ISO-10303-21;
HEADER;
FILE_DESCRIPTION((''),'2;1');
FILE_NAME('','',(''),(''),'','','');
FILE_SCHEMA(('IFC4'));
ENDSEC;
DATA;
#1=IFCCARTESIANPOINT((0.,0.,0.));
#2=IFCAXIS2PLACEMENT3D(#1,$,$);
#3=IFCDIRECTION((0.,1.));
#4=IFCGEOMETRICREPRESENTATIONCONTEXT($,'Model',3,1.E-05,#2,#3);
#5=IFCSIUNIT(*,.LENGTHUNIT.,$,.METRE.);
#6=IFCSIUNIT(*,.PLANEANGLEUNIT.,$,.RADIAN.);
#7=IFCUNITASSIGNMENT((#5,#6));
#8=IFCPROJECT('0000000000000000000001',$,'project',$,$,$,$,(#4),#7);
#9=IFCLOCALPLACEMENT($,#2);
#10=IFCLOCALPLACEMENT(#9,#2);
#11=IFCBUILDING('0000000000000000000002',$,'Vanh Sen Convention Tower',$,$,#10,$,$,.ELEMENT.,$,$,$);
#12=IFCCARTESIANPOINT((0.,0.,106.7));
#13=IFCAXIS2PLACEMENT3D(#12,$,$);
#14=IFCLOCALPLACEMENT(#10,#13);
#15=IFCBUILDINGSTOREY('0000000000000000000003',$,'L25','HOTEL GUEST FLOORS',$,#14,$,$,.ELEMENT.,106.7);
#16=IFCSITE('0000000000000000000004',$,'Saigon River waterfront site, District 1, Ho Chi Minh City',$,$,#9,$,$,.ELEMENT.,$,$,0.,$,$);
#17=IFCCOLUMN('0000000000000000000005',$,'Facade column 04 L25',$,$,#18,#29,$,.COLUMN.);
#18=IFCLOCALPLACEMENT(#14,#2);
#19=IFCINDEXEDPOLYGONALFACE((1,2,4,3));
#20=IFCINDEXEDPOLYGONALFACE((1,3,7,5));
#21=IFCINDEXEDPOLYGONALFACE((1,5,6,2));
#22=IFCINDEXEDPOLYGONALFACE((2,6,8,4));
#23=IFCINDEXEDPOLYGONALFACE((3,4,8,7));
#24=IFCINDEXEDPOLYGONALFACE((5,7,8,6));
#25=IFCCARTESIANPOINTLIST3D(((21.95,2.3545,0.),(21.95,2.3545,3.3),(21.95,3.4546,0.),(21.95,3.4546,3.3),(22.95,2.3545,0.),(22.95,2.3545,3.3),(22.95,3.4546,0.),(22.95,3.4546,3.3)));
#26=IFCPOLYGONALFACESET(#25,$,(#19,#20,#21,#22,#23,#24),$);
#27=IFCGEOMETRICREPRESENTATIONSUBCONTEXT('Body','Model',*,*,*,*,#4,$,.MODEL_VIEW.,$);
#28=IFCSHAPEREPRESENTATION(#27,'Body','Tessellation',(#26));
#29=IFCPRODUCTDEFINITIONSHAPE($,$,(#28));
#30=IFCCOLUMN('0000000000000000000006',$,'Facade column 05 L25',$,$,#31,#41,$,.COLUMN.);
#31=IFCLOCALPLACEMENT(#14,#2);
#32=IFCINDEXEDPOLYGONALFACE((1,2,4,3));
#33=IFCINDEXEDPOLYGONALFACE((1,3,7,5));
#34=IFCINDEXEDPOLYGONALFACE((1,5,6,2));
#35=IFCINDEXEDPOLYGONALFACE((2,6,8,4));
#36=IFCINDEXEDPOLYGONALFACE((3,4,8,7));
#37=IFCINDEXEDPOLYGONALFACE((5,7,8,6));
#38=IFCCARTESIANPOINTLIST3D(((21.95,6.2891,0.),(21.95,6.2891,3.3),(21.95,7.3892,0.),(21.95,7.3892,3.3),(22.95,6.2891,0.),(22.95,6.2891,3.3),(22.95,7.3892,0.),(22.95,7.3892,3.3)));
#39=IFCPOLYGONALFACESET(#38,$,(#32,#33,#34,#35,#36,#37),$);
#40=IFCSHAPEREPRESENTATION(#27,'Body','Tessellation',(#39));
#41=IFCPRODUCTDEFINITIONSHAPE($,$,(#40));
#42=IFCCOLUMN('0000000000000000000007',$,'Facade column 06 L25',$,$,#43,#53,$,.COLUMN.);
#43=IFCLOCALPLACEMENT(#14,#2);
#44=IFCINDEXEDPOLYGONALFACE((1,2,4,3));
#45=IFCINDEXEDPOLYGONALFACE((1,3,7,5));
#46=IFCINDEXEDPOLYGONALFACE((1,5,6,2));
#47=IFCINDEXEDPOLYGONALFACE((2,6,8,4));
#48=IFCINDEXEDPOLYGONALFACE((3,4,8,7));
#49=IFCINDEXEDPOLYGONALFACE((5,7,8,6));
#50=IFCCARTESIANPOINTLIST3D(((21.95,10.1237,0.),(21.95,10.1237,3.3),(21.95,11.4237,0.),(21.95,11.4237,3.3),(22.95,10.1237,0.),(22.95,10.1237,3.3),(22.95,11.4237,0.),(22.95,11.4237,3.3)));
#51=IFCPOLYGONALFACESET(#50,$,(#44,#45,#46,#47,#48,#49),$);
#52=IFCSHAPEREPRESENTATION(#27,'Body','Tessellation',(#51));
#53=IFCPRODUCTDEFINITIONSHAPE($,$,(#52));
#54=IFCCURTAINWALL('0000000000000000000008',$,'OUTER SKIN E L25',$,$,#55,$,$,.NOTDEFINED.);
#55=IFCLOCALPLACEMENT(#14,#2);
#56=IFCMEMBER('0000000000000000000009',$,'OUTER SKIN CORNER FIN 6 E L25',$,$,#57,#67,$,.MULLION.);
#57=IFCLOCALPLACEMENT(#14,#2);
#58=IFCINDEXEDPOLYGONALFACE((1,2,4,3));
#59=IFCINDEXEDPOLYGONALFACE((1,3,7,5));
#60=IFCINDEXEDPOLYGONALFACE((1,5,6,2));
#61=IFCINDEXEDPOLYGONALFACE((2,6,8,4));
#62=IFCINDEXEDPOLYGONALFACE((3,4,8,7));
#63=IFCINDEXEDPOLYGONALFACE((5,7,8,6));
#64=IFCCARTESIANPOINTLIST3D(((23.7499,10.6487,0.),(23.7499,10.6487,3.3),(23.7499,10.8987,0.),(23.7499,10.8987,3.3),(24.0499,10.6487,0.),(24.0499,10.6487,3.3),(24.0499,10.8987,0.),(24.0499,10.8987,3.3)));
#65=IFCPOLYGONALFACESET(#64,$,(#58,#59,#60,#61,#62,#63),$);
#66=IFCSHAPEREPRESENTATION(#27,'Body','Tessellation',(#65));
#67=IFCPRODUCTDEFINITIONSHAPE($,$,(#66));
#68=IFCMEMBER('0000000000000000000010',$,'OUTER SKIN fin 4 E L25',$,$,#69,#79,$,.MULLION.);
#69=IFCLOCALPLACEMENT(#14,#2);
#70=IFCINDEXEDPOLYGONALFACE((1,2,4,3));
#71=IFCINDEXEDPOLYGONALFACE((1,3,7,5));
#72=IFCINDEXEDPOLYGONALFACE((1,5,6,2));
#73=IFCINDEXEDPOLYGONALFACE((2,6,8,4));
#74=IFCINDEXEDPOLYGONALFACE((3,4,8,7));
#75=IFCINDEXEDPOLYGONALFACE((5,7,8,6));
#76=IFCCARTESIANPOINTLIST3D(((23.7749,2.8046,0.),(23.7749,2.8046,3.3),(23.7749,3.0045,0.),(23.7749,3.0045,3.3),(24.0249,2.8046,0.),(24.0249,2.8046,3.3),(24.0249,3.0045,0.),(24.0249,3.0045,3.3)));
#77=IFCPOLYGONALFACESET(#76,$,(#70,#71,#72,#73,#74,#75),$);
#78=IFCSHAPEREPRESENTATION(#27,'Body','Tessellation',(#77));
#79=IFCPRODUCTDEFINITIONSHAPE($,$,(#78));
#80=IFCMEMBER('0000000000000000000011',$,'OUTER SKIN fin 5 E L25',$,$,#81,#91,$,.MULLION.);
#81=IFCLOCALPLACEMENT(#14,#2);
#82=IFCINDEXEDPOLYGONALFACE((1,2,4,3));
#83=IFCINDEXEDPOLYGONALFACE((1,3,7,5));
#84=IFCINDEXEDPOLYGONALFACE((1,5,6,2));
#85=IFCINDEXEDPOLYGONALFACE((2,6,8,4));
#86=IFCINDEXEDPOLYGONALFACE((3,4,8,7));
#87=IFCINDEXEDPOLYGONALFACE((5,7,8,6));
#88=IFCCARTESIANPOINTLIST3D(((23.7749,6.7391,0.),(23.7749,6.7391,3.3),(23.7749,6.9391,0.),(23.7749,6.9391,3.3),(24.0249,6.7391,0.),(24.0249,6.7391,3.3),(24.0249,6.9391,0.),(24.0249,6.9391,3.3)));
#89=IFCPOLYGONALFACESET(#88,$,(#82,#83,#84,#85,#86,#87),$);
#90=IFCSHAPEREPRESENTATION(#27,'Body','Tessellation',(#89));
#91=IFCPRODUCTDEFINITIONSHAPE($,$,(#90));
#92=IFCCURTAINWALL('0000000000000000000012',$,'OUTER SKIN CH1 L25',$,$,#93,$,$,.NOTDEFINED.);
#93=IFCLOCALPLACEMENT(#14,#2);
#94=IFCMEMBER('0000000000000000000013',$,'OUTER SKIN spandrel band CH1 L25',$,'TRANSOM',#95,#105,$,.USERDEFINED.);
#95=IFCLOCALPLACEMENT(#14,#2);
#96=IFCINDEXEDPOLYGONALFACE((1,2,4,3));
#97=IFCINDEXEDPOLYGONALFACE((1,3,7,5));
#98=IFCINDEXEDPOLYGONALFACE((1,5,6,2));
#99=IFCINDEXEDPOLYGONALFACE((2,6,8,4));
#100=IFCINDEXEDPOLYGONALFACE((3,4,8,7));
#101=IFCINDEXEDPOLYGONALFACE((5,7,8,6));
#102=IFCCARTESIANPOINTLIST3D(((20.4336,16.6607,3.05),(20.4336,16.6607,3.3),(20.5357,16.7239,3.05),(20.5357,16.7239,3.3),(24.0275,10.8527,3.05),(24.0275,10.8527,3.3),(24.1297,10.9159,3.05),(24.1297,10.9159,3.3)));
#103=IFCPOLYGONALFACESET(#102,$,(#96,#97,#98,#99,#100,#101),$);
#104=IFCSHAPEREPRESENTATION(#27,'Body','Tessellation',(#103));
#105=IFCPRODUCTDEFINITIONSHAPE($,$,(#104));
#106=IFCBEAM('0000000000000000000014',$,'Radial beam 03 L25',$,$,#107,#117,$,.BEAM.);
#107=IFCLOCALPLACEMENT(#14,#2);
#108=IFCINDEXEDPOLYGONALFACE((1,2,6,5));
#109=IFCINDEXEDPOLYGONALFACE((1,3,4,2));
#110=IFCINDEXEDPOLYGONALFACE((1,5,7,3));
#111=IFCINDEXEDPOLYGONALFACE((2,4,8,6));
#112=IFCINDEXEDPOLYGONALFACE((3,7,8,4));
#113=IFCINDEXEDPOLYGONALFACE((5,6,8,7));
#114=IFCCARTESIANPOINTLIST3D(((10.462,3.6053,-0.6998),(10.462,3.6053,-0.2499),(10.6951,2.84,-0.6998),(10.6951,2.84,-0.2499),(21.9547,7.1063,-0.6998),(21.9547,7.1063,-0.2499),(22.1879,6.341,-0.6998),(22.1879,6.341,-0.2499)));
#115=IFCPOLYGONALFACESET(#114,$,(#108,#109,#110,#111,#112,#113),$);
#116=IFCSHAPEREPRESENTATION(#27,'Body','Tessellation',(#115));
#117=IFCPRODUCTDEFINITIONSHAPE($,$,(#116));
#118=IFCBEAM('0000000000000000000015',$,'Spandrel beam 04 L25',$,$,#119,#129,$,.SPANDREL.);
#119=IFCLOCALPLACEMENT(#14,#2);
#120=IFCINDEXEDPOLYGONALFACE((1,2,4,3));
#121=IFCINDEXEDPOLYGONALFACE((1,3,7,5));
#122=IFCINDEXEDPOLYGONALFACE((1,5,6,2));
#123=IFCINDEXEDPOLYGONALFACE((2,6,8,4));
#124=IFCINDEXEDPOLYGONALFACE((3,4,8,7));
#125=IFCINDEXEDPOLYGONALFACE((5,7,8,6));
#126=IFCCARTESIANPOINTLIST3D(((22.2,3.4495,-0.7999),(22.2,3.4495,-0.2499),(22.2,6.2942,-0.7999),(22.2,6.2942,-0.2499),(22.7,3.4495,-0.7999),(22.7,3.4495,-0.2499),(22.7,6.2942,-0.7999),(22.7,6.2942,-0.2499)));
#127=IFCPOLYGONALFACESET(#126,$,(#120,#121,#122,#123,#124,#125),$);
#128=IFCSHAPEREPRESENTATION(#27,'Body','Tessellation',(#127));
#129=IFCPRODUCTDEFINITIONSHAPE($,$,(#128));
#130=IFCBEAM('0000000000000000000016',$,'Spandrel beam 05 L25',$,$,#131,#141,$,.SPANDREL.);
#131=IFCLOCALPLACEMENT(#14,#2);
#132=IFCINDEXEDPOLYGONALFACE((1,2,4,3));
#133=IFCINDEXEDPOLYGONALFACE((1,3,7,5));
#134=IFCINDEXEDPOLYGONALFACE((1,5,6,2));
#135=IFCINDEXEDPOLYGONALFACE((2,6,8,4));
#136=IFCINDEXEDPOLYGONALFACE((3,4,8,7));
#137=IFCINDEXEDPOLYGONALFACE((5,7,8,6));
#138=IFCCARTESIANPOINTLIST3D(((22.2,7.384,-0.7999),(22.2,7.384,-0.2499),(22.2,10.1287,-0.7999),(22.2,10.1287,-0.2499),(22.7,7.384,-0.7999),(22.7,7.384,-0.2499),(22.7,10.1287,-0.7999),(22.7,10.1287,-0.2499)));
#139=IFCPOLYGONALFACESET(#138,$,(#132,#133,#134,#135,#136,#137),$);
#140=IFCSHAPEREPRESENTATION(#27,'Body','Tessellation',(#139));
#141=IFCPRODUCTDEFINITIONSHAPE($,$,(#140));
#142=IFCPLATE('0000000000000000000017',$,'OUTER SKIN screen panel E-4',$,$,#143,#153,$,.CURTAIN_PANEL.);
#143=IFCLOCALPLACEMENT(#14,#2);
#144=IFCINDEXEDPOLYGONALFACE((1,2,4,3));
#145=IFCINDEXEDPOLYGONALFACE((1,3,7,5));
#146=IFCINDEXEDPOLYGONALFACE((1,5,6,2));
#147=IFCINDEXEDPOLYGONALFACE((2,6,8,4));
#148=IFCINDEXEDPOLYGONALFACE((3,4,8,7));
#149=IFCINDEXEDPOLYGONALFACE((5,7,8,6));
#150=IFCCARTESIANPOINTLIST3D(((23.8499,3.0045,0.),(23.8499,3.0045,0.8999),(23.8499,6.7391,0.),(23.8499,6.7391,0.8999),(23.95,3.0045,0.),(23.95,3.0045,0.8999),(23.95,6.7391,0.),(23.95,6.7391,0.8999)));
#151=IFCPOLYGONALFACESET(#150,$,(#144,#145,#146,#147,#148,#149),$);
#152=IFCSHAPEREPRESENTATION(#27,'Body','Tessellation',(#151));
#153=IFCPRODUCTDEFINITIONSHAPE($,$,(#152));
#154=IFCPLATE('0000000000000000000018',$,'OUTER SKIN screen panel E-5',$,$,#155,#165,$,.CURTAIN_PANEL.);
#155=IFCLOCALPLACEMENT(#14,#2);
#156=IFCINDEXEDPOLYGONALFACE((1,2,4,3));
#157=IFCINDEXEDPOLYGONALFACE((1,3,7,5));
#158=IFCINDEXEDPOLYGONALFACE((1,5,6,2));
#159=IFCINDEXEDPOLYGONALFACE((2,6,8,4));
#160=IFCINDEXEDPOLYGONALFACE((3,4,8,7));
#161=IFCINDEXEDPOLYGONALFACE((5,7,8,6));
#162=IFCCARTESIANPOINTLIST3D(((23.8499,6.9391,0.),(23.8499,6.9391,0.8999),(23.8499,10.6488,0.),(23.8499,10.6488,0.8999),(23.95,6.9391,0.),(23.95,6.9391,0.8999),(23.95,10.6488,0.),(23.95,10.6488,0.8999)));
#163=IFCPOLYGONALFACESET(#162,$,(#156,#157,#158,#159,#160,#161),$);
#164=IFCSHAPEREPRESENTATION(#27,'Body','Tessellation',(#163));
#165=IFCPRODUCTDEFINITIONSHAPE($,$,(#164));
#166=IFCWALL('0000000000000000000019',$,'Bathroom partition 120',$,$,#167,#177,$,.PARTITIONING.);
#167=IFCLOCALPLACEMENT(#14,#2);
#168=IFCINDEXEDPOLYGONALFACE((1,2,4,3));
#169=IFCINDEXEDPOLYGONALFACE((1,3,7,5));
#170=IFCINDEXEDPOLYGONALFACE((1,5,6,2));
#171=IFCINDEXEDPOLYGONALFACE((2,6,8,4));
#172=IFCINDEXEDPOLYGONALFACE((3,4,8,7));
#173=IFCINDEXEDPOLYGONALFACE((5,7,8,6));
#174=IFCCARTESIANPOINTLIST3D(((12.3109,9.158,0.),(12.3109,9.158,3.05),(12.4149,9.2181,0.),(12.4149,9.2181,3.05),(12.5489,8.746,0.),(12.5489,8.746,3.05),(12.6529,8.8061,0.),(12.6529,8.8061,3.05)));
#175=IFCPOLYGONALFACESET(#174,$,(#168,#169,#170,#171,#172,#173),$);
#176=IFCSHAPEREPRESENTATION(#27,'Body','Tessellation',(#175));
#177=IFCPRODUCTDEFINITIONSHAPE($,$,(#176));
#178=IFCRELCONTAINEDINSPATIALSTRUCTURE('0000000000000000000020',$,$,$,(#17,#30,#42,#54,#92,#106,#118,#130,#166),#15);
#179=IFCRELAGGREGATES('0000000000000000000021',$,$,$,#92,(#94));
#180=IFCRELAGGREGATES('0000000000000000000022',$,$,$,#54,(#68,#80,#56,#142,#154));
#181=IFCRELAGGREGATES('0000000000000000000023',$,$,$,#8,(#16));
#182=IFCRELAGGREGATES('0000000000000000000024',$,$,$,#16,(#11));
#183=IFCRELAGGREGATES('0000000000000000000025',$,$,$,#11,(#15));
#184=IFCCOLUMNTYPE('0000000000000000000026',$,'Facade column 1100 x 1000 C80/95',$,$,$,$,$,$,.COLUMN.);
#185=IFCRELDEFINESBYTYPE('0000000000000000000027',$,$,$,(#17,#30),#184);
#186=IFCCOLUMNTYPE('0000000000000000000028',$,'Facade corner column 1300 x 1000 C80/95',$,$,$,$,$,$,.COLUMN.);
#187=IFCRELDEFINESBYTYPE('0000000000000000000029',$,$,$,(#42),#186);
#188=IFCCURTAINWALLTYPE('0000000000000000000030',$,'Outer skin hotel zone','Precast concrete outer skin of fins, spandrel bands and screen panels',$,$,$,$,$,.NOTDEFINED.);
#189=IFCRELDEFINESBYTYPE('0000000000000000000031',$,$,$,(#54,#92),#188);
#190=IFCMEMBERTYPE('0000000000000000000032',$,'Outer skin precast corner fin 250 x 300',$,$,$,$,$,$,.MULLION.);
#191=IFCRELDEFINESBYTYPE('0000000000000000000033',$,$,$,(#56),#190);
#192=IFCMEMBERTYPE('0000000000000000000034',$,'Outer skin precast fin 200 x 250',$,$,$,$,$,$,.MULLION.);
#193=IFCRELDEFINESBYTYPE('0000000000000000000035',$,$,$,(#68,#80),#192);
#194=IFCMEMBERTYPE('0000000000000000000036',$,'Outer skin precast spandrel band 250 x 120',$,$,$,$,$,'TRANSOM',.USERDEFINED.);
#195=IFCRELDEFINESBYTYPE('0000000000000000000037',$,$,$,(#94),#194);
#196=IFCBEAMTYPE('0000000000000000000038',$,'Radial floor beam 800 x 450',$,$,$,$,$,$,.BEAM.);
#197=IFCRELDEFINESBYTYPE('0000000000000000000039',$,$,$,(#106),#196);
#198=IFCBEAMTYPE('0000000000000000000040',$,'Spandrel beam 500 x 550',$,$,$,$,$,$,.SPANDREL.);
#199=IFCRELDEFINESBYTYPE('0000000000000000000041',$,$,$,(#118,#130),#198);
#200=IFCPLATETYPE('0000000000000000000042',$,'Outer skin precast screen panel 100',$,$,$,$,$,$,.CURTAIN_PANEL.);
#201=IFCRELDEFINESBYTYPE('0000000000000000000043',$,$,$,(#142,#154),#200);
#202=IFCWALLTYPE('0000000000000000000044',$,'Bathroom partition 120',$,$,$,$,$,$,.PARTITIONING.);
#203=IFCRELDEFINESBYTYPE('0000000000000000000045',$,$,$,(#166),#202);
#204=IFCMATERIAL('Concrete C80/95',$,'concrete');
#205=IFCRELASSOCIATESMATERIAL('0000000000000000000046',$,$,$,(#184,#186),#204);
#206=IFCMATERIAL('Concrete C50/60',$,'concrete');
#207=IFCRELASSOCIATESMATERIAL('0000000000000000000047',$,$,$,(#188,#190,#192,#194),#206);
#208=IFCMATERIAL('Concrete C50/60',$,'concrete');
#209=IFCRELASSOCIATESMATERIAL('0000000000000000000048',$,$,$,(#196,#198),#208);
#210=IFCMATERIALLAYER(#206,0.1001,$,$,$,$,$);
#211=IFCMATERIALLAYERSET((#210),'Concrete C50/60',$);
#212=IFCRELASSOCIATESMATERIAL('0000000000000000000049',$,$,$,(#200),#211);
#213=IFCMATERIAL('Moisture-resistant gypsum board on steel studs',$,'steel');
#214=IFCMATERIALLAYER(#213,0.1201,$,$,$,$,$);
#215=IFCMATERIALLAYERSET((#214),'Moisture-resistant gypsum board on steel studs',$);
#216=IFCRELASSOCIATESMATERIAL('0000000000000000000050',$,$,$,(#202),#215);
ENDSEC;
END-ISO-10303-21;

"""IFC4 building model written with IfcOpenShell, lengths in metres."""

from ifc_helpers import new_model, si_unit, direction, frame, frame_2d, origin, origin_2d, place, context, subcontext, project, spatial, rectangle, extrude, material, layer, layer_set, material_profile, profile_set, type_object, element, aggregate, save


model = new_model("IFC4")

# Units and contexts
model_context = context("Model", 3, precision=1e-05, world=origin(), true_north=direction((0.0, 1.0)))
body_context = subcontext(model_context, "Body", "Model", "MODEL_VIEW")
ifc_project = project(units=[si_unit("LENGTHUNIT", "METRE"), si_unit("PLANEANGLEUNIT", "RADIAN")], contexts=[model_context])

# Site, building, storey
site_placement = place(None, origin())
site = spatial("IfcSite", under=ifc_project, at=site_placement, Name="Saigon River waterfront site, District 1, Ho Chi Minh City", CompositionType="ELEMENT", RefElevation=0.0)
building_placement = place(site_placement, origin())
building = spatial("IfcBuilding", under=site, at=building_placement, Name="Vanh Sen Convention Tower", CompositionType="ELEMENT")
storey_placement = place(building_placement, frame((0.0, 0.0, 106.7)))
storey = spatial("IfcBuildingStorey", under=building, at=storey_placement, Name="L25", Description="HOTEL GUEST FLOORS", CompositionType="ELEMENT", Elevation=106.7)

# Columns
ifc_material_1 = material(Name="Concrete C80/95", Category="concrete")
ifc_material_profile_1 = material_profile(ifc_material_1, rectangle(XDim=1.1001, YDim=1.0, at=origin_2d()), Name="RC 1100X1000")
ifc_profile_set_1 = profile_set([ifc_material_profile_1], Name="Concrete C80/95")
column_type_1 = type_object("IfcColumnType", Name="Facade column 1100 x 1000 C80/95", PredefinedType="COLUMN", material=ifc_profile_set_1)
for number, where, z_axis, x_axis, name in (
    (1, (22.45, 2.9045, 0.0), (0.0, 0.0, 1.0), (0.0, 1.0, 0.0), "Facade column 04 L25"),
    (2, (22.45, 6.8391, 0.0), (0.0, 0.0, 1.0), (0.0, 1.0, 0.0), "Facade column 05 L25"),
):
    element("IfcColumn", number, at=place(storey_placement, frame(where, z_axis=z_axis, x_axis=x_axis)), inside=storey, type_object=column_type_1, Name=name, PredefinedType="COLUMN", context=body_context, shape_type="SweptSolid", body=[
        extrude(rectangle(XDim=1.1001, YDim=1.0, at=origin_2d()), origin(), (0.0, 0.0, 1.0), 3.3),
    ])
ifc_material_profile_2 = material_profile(ifc_material_1, rectangle(XDim=1.3, YDim=1.0, at=origin_2d()), Name="RC 1300X1000")
ifc_profile_set_2 = profile_set([ifc_material_profile_2], Name="Concrete C80/95")
column_type_2 = type_object("IfcColumnType", Name="Facade corner column 1300 x 1000 C80/95", PredefinedType="COLUMN", material=ifc_profile_set_2)
column_placement = place(storey_placement, frame((22.45, 10.7737, 0.0), z_axis=(0.0, 0.0, 1.0), x_axis=(0.0, 1.0, 0.0)))
element("IfcColumn", 3, at=column_placement, inside=storey, type_object=column_type_2, Name="Facade column 06 L25", PredefinedType="COLUMN", context=body_context, shape_type="SweptSolid", body=[
    extrude(rectangle(XDim=1.3, YDim=1.0, at=origin_2d()), origin(), (0.0, 0.0, 1.0), 3.3),
])

# Curtain wall, members
ifc_material_2 = material(Name="Concrete C50/60", Category="concrete")
curtain_wall_type = type_object("IfcCurtainWallType", Name="Outer skin hotel zone", Description="Precast concrete outer skin of fins, spandrel bands and screen panels", PredefinedType="NOTDEFINED", material=ifc_material_2)
curtain_wall_1_placement = place(storey_placement, origin())
curtain_wall_1 = element("IfcCurtainWall", 4, at=curtain_wall_1_placement, inside=storey, type_object=curtain_wall_type, Name="OUTER SKIN E L25", PredefinedType="NOTDEFINED")
ifc_material_profile_3 = material_profile(ifc_material_2, rectangle(XDim=0.25, YDim=0.3, at=origin_2d()), Name="Outer skin precast corner fin 250 x 300")
ifc_profile_set_3 = profile_set([ifc_material_profile_3], Name="Concrete C50/60")
member_type_1 = type_object("IfcMemberType", Name="Outer skin precast corner fin 250 x 300", PredefinedType="MULLION", material=ifc_profile_set_3)
member_1_placement = place(storey_placement, frame((23.8999, 10.7737, 0.0), z_axis=(0.0, 0.0, 1.0), x_axis=(0.0, 1.0, 0.0)))
member_1 = element("IfcMember", 5, at=member_1_placement, type_object=member_type_1, Name="OUTER SKIN CORNER FIN 6 E L25", PredefinedType="MULLION", context=body_context, shape_type="SweptSolid", body=[
    extrude(rectangle(XDim=0.25, YDim=0.3, at=origin_2d()), origin(), (0.0, 0.0, 1.0), 3.3),
])
ifc_material_profile_4 = material_profile(ifc_material_2, rectangle(XDim=0.2, YDim=0.25, at=origin_2d()), Name="Outer skin precast fin 200 x 250")
ifc_profile_set_4 = profile_set([ifc_material_profile_4], Name="Concrete C50/60")
member_type_2 = type_object("IfcMemberType", Name="Outer skin precast fin 200 x 250", PredefinedType="MULLION", material=ifc_profile_set_4)
member_2_placement = place(storey_placement, frame((23.8999, 2.9045, 0.0), z_axis=(0.0, 0.0, 1.0), x_axis=(0.0, 1.0, 0.0)))
member_2 = element("IfcMember", 6, at=member_2_placement, type_object=member_type_2, Name="OUTER SKIN fin 4 E L25", PredefinedType="MULLION", context=body_context, shape_type="SweptSolid", body=[
    extrude(rectangle(XDim=0.2, YDim=0.25, at=origin_2d()), origin(), (0.0, 0.0, 1.0), 3.3),
])
member_3_placement = place(storey_placement, frame((23.8999, 6.8391, 0.0), z_axis=(0.0, 0.0, 1.0), x_axis=(0.0, 1.0, 0.0)))
member_3 = element("IfcMember", 7, at=member_3_placement, type_object=member_type_2, Name="OUTER SKIN fin 5 E L25", PredefinedType="MULLION", context=body_context, shape_type="SweptSolid", body=[
    extrude(rectangle(XDim=0.2, YDim=0.25, at=origin_2d()), origin(), (0.0, 0.0, 1.0), 3.3),
])

# Curtain wall, member
curtain_wall_2_placement = place(storey_placement, origin())
curtain_wall_2 = element("IfcCurtainWall", 8, at=curtain_wall_2_placement, inside=storey, type_object=curtain_wall_type, Name="OUTER SKIN CH1 L25", PredefinedType="NOTDEFINED")
ifc_material_profile_5 = material_profile(ifc_material_2, rectangle(XDim=0.1201, YDim=0.25, at=origin_2d()), Name="Outer skin precast spandrel band 250 x 120")
ifc_profile_set_5 = profile_set([ifc_material_profile_5], Name="Concrete C50/60")
member_type_3 = type_object("IfcMemberType", Name="Outer skin precast spandrel band 250 x 120", ElementType="TRANSOM", PredefinedType="USERDEFINED", material=ifc_profile_set_5)
member_4_placement = place(storey_placement, frame((24.0786, 10.8843, 3.175), z_axis=(-0.526196, 0.850363, 0.0), x_axis=(-0.850363, -0.526196, 0.0)))
member_4 = element("IfcMember", 9, at=member_4_placement, type_object=member_type_3, Name="OUTER SKIN spandrel band CH1 L25", ObjectType="TRANSOM", PredefinedType="USERDEFINED", context=body_context, shape_type="SweptSolid", body=[
    extrude(rectangle(XDim=0.1201, YDim=0.25, at=origin_2d()), origin(), (0.0, 0.0, 1.0), 6.8301),
])
aggregate(curtain_wall_2, [member_4])

# Beams
ifc_material_3 = material(Name="Concrete C50/60", Category="concrete")
ifc_material_profile_6 = material_profile(ifc_material_3, rectangle(XDim=0.8, YDim=0.45, at=origin_2d()), Name="RC 800X450")
ifc_profile_set_6 = profile_set([ifc_material_profile_6], Name="Concrete C50/60")
beam_type_1 = type_object("IfcBeamType", Name="Radial floor beam 800 x 450", PredefinedType="BEAM", material=ifc_profile_set_6)
beam_1_placement = place(storey_placement, frame((22.0713, 6.7236, -0.4749), z_axis=(-0.9566, -0.291406, 0.0), x_axis=(0.291406, -0.9566, 0.0)))
element("IfcBeam", 10, at=beam_1_placement, inside=storey, type_object=beam_type_1, Name="Radial beam 03 L25", PredefinedType="BEAM", context=body_context, shape_type="SweptSolid", body=[
    extrude(rectangle(XDim=0.8, YDim=0.45, at=origin_2d()), origin(), (0.0, 0.0, 1.0), 12.0142),
])
ifc_material_profile_7 = material_profile(ifc_material_3, rectangle(XDim=0.5, YDim=0.55, at=origin_2d()), Name="RC 500X550")
ifc_profile_set_7 = profile_set([ifc_material_profile_7], Name="Concrete C50/60")
beam_type_2 = type_object("IfcBeamType", Name="Spandrel beam 500 x 550", PredefinedType="SPANDREL", material=ifc_profile_set_7)
beam_2_placement = place(storey_placement, frame((22.45, 3.4495, -0.5249), z_axis=(0.0, 1.0, 0.0), x_axis=(-1.0, 0.0, 0.0)))
element("IfcBeam", 11, at=beam_2_placement, inside=storey, type_object=beam_type_2, Name="Spandrel beam 04 L25", PredefinedType="SPANDREL", context=body_context, shape_type="SweptSolid", body=[
    extrude(rectangle(XDim=0.5, YDim=0.55, at=origin_2d()), origin(), (0.0, 0.0, 1.0), 2.8447),
])
beam_3_placement = place(storey_placement, frame((22.45, 7.384, -0.5249), z_axis=(0.0, 1.0, 0.0), x_axis=(-1.0, 0.0, 0.0)))
element("IfcBeam", 12, at=beam_3_placement, inside=storey, type_object=beam_type_2, Name="Spandrel beam 05 L25", PredefinedType="SPANDREL", context=body_context, shape_type="SweptSolid", body=[
    extrude(rectangle(XDim=0.5, YDim=0.55, at=origin_2d()), origin(), (0.0, 0.0, 1.0), 2.7446),
])

# Plates
ifc_layer_1 = layer(ifc_material_2, 0.1001)
ifc_layer_set_1 = layer_set([ifc_layer_1], Name="Concrete C50/60")
plate_type = type_object("IfcPlateType", Name="Outer skin precast screen panel 100", PredefinedType="CURTAIN_PANEL", material=ifc_layer_set_1)
plate_1_placement = place(storey_placement, frame((23.8999, 4.8718, 0.0), z_axis=(0.0, 0.0, 1.0), x_axis=(0.0, 1.0, 0.0)))
plate_1 = element("IfcPlate", 13, at=plate_1_placement, type_object=plate_type, Name="OUTER SKIN screen panel E-4", PredefinedType="CURTAIN_PANEL", context=body_context, shape_type="SweptSolid", body=[
    extrude(rectangle(XDim=3.7346, YDim=0.1001, at=origin_2d()), origin(), (0.0, 0.0, 1.0), 0.8999),
])
plate_2_placement = place(storey_placement, frame((23.8999, 8.7939, 0.0), z_axis=(0.0, 0.0, 1.0), x_axis=(0.0, 1.0, 0.0)))
plate_2 = element("IfcPlate", 14, at=plate_2_placement, type_object=plate_type, Name="OUTER SKIN screen panel E-5", PredefinedType="CURTAIN_PANEL", context=body_context, shape_type="SweptSolid", body=[
    extrude(rectangle(XDim=3.7097, YDim=0.1001, at=origin_2d()), origin(), (0.0, 0.0, 1.0), 0.8999),
])
aggregate(curtain_wall_1, [member_2, member_3, member_1, plate_1, plate_2])

# Wall
ifc_material_4 = material(Name="Moisture-resistant gypsum board on steel studs", Category="steel")
ifc_layer_2 = layer(ifc_material_4, 0.1201)
ifc_layer_set_2 = layer_set([ifc_layer_2], Name="Moisture-resistant gypsum board on steel studs")
wall_type_1 = type_object("IfcWallType", Name="Bathroom partition 120", PredefinedType="PARTITIONING", material=ifc_layer_set_2)
wall_1_placement = place(storey_placement, frame((12.6008, 8.7761, 0.0), z_axis=(0.0, 0.0, 1.0), x_axis=(-0.500166, 0.865929, 0.0)))
element("IfcWall", 15, at=wall_1_placement, inside=storey, type_object=wall_type_1, Name="Bathroom partition 120", PredefinedType="PARTITIONING", context=body_context, shape_type="SweptSolid", body=[
    extrude(rectangle(XDim=0.4758, YDim=0.1201, at=frame_2d((0.2378, 0.0))), origin(), (0.0, 0.0, 1.0), 3.05),
])

save(model, "model.ifc")
